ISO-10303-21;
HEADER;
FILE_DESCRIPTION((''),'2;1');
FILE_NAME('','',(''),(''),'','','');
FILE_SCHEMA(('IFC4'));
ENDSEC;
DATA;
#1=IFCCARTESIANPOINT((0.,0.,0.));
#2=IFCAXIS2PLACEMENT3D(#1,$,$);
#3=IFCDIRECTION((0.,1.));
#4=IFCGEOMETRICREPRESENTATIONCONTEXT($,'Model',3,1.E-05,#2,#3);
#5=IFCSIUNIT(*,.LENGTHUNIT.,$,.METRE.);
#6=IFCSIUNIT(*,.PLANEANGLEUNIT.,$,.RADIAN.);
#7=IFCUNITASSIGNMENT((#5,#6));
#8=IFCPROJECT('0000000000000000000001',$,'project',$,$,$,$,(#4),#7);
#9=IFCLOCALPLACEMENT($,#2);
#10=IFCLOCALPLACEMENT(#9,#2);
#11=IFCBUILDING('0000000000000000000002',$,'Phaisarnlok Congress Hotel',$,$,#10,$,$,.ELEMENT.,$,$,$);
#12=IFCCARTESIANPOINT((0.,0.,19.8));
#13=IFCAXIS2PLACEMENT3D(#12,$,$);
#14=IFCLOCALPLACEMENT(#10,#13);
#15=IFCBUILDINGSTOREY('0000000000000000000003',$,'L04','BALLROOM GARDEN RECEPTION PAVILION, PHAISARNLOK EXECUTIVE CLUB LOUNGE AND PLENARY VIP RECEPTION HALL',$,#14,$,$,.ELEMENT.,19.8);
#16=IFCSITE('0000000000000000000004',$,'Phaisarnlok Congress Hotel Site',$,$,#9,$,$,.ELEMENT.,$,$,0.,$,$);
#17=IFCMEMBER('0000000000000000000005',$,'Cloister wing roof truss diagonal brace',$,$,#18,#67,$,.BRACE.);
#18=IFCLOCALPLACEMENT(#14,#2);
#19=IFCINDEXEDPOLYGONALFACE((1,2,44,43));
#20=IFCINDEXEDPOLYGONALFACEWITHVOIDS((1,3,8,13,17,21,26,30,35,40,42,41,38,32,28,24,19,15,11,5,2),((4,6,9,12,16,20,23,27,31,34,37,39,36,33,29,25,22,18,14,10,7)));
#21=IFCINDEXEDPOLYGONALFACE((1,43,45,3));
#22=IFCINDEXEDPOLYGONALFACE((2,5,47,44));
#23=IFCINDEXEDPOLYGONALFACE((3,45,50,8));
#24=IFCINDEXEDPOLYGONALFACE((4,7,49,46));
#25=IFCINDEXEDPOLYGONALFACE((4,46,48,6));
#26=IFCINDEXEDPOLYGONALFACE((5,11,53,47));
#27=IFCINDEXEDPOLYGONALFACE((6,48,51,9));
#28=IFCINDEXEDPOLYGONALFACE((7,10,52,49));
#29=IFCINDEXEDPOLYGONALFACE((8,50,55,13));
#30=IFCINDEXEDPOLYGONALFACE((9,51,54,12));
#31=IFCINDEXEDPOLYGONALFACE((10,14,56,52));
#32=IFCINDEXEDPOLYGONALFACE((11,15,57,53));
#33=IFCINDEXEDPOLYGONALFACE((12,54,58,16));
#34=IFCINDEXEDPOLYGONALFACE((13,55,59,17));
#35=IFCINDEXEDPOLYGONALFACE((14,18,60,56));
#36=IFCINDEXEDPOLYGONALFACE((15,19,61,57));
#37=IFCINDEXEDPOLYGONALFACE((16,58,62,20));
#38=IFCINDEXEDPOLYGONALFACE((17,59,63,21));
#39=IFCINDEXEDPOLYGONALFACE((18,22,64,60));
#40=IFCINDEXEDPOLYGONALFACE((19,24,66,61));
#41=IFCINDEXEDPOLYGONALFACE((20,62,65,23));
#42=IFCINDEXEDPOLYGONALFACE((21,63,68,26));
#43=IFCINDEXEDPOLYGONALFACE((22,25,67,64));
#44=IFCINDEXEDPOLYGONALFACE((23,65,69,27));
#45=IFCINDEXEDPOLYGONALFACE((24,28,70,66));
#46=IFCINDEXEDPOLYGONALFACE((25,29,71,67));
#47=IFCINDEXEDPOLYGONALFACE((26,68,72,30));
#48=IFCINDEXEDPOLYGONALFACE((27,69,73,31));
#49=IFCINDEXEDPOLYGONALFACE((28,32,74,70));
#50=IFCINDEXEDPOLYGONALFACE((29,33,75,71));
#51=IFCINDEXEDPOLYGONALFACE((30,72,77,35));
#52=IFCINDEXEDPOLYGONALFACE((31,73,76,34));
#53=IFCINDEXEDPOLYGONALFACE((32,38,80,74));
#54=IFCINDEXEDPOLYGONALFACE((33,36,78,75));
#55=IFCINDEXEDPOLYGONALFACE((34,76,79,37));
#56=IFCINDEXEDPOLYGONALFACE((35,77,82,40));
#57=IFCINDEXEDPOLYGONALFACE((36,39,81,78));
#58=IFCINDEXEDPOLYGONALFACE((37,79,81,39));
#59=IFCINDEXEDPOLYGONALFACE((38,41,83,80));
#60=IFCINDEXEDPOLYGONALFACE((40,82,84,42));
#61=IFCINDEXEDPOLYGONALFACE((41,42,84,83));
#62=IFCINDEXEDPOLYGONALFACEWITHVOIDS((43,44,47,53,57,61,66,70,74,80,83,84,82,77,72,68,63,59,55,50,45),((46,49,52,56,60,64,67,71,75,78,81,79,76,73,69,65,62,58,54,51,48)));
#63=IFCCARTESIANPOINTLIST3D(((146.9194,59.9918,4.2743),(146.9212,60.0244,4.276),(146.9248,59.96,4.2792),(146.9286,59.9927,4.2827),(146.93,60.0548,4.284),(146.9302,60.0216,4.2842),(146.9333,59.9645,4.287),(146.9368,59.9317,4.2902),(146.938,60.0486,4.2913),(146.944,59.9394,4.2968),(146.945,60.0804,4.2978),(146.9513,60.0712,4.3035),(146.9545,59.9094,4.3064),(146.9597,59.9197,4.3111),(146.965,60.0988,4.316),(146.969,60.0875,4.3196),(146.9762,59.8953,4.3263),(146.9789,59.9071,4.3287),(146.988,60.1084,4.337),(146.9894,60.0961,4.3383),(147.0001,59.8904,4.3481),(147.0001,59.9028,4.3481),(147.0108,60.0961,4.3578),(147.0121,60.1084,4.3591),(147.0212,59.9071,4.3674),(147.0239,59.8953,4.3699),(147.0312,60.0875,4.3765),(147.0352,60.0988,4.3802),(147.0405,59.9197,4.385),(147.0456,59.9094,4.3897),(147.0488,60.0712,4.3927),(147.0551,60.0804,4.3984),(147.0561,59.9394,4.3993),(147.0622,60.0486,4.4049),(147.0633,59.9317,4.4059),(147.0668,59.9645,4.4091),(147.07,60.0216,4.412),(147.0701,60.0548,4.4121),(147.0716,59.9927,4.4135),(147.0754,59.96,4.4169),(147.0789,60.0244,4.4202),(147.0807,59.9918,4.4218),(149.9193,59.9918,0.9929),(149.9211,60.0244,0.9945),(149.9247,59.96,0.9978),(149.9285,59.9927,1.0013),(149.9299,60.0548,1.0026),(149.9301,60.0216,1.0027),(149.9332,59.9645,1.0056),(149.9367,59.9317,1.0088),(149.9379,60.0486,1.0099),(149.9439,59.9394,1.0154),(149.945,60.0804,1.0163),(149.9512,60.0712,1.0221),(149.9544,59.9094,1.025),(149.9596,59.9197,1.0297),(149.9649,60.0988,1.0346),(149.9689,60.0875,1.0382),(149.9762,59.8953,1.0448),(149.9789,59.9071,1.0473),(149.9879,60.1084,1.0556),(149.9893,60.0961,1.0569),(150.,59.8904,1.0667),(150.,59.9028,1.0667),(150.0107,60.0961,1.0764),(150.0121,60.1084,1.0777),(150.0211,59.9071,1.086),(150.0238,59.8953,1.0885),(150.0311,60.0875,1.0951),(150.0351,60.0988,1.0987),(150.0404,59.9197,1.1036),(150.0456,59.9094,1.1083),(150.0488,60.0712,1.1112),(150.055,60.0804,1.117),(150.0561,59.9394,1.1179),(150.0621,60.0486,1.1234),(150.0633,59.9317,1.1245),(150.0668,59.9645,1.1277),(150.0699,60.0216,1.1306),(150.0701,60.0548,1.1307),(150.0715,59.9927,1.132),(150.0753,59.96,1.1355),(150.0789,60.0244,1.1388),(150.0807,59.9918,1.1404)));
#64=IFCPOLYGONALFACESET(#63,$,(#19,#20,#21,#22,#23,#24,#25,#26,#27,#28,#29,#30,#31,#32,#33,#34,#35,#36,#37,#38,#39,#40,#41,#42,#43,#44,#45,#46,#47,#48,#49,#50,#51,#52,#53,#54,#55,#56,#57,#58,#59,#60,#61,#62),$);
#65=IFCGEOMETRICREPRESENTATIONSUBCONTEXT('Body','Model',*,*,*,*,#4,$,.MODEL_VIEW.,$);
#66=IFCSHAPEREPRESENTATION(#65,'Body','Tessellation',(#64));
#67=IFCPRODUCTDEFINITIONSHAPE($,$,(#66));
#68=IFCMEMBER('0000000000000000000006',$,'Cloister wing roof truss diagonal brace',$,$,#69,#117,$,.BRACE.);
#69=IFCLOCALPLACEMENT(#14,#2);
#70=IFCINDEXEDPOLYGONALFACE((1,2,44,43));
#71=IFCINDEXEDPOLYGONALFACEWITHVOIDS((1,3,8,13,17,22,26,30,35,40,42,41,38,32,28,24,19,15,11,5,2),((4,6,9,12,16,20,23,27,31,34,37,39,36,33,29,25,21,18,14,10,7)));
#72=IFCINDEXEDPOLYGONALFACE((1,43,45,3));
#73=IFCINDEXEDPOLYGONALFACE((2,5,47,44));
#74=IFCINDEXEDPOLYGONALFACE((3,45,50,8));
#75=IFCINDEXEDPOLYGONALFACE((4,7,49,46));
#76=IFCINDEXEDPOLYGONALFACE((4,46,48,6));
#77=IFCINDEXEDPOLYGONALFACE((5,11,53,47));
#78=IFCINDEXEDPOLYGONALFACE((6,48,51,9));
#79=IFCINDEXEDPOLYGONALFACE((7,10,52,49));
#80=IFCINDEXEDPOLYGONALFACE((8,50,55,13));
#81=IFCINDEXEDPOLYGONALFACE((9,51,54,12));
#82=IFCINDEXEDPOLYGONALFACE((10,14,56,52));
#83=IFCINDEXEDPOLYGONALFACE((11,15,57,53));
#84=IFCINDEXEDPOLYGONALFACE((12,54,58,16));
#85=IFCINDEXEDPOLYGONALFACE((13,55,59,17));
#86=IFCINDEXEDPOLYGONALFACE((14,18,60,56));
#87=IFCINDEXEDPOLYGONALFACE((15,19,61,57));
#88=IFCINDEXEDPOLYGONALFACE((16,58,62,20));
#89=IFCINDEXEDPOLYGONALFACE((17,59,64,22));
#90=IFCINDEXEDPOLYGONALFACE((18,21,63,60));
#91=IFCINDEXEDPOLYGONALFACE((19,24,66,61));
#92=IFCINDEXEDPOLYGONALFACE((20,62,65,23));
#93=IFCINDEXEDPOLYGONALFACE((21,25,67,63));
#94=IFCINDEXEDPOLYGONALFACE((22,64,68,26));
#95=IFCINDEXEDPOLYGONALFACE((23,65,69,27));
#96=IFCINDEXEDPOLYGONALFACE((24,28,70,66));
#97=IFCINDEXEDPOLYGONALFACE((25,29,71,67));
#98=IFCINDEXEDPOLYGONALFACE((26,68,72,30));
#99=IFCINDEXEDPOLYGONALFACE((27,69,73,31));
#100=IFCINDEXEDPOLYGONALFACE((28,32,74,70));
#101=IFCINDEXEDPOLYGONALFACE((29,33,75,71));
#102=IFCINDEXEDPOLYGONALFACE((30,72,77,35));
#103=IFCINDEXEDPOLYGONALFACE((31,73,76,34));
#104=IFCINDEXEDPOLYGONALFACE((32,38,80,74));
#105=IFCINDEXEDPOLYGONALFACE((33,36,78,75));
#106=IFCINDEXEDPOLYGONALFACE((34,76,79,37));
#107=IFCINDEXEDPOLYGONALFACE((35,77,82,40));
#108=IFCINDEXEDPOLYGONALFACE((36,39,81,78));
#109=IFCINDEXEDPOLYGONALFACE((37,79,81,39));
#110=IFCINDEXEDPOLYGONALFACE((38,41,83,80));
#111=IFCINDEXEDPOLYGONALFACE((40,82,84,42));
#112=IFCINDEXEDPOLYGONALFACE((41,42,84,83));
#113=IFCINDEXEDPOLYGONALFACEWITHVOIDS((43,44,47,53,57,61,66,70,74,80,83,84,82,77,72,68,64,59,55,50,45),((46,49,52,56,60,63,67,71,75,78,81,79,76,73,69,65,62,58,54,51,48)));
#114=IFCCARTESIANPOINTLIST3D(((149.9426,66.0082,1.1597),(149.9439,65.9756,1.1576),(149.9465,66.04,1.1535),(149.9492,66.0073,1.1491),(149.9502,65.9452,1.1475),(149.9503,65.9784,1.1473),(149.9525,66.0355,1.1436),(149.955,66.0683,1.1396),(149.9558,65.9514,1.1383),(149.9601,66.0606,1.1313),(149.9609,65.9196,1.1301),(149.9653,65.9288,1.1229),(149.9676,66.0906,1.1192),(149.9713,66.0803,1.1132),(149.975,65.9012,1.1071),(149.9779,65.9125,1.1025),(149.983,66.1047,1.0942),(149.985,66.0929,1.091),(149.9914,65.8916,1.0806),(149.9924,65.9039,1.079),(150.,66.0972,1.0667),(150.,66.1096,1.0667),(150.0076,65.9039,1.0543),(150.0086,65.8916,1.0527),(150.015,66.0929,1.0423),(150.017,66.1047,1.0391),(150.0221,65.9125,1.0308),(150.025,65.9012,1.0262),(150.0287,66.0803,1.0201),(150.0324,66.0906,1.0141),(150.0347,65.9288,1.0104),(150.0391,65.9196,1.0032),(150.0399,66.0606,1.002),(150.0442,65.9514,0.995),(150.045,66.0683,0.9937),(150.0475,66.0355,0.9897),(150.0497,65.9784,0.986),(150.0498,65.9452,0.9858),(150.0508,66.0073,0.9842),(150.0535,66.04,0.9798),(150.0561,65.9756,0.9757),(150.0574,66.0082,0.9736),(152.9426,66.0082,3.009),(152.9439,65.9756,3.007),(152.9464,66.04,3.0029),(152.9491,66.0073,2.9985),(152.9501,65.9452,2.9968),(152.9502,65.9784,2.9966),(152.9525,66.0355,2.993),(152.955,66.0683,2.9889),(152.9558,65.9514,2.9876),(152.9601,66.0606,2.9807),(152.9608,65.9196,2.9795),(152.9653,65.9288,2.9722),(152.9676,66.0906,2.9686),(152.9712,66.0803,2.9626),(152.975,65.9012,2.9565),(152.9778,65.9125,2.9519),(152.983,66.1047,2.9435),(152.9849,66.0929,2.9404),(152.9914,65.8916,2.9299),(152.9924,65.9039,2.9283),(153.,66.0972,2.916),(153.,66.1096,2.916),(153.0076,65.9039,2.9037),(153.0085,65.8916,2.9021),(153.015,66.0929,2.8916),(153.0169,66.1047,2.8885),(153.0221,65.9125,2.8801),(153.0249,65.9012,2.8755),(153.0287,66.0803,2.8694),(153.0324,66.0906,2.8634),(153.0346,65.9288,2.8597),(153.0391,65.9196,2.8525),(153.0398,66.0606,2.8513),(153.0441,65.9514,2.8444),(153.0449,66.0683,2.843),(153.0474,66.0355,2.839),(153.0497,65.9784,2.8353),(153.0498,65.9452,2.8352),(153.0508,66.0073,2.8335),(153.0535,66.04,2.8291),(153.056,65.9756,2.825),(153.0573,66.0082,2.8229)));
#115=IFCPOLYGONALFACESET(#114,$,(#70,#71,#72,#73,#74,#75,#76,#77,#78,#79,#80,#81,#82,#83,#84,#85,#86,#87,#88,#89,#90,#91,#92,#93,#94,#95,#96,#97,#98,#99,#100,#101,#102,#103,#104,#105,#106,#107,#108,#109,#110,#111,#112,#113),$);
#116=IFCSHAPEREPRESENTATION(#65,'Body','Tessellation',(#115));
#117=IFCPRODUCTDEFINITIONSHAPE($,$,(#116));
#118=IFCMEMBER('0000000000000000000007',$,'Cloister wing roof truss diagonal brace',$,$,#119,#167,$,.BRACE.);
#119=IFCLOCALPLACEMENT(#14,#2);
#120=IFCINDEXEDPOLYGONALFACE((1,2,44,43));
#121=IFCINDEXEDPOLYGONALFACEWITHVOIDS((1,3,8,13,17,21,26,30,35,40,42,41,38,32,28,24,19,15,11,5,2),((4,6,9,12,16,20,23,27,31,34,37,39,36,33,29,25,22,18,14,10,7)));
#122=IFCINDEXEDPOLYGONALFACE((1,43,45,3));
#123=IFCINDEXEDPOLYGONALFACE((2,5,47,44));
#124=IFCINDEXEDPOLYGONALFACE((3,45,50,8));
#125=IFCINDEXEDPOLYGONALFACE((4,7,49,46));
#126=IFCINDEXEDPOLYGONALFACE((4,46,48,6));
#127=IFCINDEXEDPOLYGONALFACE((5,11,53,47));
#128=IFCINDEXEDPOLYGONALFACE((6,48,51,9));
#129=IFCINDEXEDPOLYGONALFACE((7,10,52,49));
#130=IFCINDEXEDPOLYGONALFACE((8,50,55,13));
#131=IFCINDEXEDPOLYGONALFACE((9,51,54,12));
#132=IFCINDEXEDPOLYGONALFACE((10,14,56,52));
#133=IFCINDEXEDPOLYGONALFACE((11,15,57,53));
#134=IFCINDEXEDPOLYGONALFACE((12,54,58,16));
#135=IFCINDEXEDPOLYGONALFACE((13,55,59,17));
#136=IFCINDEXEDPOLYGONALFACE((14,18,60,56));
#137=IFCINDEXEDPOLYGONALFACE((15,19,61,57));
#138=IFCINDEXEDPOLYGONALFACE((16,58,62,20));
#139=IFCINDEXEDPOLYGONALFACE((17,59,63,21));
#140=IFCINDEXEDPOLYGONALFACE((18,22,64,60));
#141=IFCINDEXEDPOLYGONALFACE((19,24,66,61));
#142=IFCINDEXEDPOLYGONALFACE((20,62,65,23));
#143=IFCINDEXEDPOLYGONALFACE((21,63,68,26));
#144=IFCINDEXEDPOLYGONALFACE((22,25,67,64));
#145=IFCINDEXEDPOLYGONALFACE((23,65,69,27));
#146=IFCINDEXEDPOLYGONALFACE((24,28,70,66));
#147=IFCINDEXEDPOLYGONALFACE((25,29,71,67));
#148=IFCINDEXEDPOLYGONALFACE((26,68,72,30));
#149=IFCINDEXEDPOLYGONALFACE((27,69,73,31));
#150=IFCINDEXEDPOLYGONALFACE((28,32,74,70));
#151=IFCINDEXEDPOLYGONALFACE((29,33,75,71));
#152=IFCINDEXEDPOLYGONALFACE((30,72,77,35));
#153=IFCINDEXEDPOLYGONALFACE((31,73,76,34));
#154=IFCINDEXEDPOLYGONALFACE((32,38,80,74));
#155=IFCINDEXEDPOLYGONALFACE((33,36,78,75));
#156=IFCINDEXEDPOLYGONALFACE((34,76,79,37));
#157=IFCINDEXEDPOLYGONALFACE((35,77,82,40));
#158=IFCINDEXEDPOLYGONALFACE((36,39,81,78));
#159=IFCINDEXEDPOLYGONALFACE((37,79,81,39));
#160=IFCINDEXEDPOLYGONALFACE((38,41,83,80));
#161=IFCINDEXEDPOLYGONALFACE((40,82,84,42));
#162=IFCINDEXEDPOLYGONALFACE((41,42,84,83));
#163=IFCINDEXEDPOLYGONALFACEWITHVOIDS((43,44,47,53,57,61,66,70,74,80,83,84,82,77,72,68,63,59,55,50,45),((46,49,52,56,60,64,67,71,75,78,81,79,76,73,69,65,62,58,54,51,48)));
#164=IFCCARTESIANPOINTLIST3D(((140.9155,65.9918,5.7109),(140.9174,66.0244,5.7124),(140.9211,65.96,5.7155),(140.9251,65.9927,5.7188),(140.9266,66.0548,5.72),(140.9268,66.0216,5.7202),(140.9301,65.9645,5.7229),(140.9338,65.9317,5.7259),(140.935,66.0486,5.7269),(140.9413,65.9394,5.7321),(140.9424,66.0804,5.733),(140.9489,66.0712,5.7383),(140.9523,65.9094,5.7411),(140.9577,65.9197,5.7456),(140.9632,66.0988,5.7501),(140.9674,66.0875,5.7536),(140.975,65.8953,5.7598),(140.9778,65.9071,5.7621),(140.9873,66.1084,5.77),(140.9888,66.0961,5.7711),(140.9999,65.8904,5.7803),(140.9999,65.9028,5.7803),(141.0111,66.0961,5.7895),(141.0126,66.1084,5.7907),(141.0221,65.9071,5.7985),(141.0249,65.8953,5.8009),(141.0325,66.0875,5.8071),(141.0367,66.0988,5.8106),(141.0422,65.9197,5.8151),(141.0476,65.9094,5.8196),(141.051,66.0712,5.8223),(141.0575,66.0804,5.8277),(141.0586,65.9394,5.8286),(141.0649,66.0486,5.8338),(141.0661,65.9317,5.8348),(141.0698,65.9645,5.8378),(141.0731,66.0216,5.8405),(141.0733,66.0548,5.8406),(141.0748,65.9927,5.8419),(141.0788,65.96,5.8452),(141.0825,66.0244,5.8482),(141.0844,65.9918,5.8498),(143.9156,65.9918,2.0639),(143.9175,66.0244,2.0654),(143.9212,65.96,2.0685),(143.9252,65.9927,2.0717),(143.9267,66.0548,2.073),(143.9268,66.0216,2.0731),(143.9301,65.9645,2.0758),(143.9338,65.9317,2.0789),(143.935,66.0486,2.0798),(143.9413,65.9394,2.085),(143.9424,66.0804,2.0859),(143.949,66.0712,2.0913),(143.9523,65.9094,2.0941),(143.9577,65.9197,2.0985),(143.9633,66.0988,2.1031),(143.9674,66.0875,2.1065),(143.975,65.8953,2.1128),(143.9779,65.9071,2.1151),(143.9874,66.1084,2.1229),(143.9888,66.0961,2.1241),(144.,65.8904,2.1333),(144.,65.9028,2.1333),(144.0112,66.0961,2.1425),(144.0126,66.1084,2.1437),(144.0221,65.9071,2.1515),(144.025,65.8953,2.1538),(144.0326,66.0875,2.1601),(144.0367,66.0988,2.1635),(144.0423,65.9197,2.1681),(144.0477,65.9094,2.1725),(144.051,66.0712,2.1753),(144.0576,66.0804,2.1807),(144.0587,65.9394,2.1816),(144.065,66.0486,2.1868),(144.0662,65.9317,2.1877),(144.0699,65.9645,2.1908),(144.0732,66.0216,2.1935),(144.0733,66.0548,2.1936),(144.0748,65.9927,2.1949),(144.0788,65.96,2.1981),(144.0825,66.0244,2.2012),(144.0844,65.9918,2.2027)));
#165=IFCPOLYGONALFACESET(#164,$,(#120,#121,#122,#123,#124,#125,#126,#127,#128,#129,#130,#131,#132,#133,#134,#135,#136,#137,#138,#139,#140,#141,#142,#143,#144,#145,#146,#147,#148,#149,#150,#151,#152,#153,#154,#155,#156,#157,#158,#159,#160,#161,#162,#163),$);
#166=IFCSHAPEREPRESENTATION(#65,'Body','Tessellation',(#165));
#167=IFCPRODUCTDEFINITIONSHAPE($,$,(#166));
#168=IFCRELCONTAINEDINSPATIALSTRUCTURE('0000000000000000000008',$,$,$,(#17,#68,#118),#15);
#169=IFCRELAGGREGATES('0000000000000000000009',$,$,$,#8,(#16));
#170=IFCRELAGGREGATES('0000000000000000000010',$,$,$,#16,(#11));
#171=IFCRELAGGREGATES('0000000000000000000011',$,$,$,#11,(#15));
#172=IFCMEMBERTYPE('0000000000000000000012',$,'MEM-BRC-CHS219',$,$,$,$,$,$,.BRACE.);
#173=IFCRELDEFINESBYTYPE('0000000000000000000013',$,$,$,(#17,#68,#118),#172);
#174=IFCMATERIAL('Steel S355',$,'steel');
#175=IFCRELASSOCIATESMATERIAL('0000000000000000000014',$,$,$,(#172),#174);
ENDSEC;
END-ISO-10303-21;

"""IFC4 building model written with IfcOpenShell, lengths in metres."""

from ifc_helpers import new_model, si_unit, direction, frame, origin, origin_2d, place, context, subcontext, project, spatial, hollow_circle, extrude, material, material_profile, profile_set, type_object, element, save


model = new_model("IFC4")

# Units and contexts
model_context = context("Model", 3, precision=1e-05, world=origin(), true_north=direction((0.0, 1.0)))
body_context = subcontext(model_context, "Body", "Model", "MODEL_VIEW")
ifc_project = project(units=[si_unit("LENGTHUNIT", "METRE"), si_unit("PLANEANGLEUNIT", "RADIAN")], contexts=[model_context])

# Site, building, storey
site_placement = place(None, origin())
site = spatial("IfcSite", under=ifc_project, at=site_placement, Name="Phaisarnlok Congress Hotel Site", CompositionType="ELEMENT", RefElevation=0.0)
building_placement = place(site_placement, origin())
building = spatial("IfcBuilding", under=site, at=building_placement, Name="Phaisarnlok Congress Hotel", CompositionType="ELEMENT")
storey_placement = place(building_placement, frame((0.0, 0.0, 19.8)))
storey = spatial("IfcBuildingStorey", under=building, at=storey_placement, Name="L04", Description="BALLROOM GARDEN RECEPTION PAVILION, PHAISARNLOK EXECUTIVE CLUB LOUNGE AND PLENARY VIP RECEPTION HALL", CompositionType="ELEMENT", Elevation=19.8)

# Shared definitions
ifc_material = material(Name="Steel S355", Category="steel")

# Members
ifc_material_profile_1 = material_profile(ifc_material, hollow_circle(Radius=0.1096, WallThickness=0.0125, at=origin_2d()), Name="CHS 219.1x12.5")
ifc_profile_set_1 = profile_set([ifc_material_profile_1], Name="Steel S355")
member_type_1 = type_object("IfcMemberType", Name="MEM-BRC-CHS219", PredefinedType="BRACE", material=ifc_profile_set_1)
member_1_placement = place(storey_placement, frame((150.0, 60.0, 1.0667), z_axis=(-0.674742, 0.0, 0.738054), x_axis=(0.0, -1.0, 0.0)))
element("IfcMember", 1, at=member_1_placement, inside=storey, type_object=member_type_1, Name="Cloister wing roof truss diagonal brace", PredefinedType="BRACE", context=body_context, shape_type="SweptSolid", body=[
    extrude(hollow_circle(Radius=0.1096, WallThickness=0.0125, at=origin_2d()), origin(), (0.0, 0.0, 1.0), 4.446),
])
member_2_placement = place(storey_placement, frame((150.0, 66.0, 1.0667), z_axis=(0.851251, 0.0, 0.524758), x_axis=(0.0, 1.0, 0.0)))
element("IfcMember", 2, at=member_2_placement, inside=storey, type_object=member_type_1, Name="Cloister wing roof truss diagonal brace", PredefinedType="BRACE", context=body_context, shape_type="SweptSolid", body=[
    extrude(hollow_circle(Radius=0.1096, WallThickness=0.0125, at=origin_2d()), origin(), (0.0, 0.0, 1.0), 3.5242),
])
member_3_placement = place(storey_placement, frame((144.0, 66.0, 2.1333), z_axis=(-0.635279, 0.0, 0.772282), x_axis=(0.0, -1.0, 0.0)))
element("IfcMember", 3, at=member_3_placement, inside=storey, type_object=member_type_1, Name="Cloister wing roof truss diagonal brace", PredefinedType="BRACE", context=body_context, shape_type="SweptSolid", body=[
    extrude(hollow_circle(Radius=0.1096, WallThickness=0.0125, at=origin_2d()), origin(), (0.0, 0.0, 1.0), 4.7224),
])

save(model, "model.ifc")
